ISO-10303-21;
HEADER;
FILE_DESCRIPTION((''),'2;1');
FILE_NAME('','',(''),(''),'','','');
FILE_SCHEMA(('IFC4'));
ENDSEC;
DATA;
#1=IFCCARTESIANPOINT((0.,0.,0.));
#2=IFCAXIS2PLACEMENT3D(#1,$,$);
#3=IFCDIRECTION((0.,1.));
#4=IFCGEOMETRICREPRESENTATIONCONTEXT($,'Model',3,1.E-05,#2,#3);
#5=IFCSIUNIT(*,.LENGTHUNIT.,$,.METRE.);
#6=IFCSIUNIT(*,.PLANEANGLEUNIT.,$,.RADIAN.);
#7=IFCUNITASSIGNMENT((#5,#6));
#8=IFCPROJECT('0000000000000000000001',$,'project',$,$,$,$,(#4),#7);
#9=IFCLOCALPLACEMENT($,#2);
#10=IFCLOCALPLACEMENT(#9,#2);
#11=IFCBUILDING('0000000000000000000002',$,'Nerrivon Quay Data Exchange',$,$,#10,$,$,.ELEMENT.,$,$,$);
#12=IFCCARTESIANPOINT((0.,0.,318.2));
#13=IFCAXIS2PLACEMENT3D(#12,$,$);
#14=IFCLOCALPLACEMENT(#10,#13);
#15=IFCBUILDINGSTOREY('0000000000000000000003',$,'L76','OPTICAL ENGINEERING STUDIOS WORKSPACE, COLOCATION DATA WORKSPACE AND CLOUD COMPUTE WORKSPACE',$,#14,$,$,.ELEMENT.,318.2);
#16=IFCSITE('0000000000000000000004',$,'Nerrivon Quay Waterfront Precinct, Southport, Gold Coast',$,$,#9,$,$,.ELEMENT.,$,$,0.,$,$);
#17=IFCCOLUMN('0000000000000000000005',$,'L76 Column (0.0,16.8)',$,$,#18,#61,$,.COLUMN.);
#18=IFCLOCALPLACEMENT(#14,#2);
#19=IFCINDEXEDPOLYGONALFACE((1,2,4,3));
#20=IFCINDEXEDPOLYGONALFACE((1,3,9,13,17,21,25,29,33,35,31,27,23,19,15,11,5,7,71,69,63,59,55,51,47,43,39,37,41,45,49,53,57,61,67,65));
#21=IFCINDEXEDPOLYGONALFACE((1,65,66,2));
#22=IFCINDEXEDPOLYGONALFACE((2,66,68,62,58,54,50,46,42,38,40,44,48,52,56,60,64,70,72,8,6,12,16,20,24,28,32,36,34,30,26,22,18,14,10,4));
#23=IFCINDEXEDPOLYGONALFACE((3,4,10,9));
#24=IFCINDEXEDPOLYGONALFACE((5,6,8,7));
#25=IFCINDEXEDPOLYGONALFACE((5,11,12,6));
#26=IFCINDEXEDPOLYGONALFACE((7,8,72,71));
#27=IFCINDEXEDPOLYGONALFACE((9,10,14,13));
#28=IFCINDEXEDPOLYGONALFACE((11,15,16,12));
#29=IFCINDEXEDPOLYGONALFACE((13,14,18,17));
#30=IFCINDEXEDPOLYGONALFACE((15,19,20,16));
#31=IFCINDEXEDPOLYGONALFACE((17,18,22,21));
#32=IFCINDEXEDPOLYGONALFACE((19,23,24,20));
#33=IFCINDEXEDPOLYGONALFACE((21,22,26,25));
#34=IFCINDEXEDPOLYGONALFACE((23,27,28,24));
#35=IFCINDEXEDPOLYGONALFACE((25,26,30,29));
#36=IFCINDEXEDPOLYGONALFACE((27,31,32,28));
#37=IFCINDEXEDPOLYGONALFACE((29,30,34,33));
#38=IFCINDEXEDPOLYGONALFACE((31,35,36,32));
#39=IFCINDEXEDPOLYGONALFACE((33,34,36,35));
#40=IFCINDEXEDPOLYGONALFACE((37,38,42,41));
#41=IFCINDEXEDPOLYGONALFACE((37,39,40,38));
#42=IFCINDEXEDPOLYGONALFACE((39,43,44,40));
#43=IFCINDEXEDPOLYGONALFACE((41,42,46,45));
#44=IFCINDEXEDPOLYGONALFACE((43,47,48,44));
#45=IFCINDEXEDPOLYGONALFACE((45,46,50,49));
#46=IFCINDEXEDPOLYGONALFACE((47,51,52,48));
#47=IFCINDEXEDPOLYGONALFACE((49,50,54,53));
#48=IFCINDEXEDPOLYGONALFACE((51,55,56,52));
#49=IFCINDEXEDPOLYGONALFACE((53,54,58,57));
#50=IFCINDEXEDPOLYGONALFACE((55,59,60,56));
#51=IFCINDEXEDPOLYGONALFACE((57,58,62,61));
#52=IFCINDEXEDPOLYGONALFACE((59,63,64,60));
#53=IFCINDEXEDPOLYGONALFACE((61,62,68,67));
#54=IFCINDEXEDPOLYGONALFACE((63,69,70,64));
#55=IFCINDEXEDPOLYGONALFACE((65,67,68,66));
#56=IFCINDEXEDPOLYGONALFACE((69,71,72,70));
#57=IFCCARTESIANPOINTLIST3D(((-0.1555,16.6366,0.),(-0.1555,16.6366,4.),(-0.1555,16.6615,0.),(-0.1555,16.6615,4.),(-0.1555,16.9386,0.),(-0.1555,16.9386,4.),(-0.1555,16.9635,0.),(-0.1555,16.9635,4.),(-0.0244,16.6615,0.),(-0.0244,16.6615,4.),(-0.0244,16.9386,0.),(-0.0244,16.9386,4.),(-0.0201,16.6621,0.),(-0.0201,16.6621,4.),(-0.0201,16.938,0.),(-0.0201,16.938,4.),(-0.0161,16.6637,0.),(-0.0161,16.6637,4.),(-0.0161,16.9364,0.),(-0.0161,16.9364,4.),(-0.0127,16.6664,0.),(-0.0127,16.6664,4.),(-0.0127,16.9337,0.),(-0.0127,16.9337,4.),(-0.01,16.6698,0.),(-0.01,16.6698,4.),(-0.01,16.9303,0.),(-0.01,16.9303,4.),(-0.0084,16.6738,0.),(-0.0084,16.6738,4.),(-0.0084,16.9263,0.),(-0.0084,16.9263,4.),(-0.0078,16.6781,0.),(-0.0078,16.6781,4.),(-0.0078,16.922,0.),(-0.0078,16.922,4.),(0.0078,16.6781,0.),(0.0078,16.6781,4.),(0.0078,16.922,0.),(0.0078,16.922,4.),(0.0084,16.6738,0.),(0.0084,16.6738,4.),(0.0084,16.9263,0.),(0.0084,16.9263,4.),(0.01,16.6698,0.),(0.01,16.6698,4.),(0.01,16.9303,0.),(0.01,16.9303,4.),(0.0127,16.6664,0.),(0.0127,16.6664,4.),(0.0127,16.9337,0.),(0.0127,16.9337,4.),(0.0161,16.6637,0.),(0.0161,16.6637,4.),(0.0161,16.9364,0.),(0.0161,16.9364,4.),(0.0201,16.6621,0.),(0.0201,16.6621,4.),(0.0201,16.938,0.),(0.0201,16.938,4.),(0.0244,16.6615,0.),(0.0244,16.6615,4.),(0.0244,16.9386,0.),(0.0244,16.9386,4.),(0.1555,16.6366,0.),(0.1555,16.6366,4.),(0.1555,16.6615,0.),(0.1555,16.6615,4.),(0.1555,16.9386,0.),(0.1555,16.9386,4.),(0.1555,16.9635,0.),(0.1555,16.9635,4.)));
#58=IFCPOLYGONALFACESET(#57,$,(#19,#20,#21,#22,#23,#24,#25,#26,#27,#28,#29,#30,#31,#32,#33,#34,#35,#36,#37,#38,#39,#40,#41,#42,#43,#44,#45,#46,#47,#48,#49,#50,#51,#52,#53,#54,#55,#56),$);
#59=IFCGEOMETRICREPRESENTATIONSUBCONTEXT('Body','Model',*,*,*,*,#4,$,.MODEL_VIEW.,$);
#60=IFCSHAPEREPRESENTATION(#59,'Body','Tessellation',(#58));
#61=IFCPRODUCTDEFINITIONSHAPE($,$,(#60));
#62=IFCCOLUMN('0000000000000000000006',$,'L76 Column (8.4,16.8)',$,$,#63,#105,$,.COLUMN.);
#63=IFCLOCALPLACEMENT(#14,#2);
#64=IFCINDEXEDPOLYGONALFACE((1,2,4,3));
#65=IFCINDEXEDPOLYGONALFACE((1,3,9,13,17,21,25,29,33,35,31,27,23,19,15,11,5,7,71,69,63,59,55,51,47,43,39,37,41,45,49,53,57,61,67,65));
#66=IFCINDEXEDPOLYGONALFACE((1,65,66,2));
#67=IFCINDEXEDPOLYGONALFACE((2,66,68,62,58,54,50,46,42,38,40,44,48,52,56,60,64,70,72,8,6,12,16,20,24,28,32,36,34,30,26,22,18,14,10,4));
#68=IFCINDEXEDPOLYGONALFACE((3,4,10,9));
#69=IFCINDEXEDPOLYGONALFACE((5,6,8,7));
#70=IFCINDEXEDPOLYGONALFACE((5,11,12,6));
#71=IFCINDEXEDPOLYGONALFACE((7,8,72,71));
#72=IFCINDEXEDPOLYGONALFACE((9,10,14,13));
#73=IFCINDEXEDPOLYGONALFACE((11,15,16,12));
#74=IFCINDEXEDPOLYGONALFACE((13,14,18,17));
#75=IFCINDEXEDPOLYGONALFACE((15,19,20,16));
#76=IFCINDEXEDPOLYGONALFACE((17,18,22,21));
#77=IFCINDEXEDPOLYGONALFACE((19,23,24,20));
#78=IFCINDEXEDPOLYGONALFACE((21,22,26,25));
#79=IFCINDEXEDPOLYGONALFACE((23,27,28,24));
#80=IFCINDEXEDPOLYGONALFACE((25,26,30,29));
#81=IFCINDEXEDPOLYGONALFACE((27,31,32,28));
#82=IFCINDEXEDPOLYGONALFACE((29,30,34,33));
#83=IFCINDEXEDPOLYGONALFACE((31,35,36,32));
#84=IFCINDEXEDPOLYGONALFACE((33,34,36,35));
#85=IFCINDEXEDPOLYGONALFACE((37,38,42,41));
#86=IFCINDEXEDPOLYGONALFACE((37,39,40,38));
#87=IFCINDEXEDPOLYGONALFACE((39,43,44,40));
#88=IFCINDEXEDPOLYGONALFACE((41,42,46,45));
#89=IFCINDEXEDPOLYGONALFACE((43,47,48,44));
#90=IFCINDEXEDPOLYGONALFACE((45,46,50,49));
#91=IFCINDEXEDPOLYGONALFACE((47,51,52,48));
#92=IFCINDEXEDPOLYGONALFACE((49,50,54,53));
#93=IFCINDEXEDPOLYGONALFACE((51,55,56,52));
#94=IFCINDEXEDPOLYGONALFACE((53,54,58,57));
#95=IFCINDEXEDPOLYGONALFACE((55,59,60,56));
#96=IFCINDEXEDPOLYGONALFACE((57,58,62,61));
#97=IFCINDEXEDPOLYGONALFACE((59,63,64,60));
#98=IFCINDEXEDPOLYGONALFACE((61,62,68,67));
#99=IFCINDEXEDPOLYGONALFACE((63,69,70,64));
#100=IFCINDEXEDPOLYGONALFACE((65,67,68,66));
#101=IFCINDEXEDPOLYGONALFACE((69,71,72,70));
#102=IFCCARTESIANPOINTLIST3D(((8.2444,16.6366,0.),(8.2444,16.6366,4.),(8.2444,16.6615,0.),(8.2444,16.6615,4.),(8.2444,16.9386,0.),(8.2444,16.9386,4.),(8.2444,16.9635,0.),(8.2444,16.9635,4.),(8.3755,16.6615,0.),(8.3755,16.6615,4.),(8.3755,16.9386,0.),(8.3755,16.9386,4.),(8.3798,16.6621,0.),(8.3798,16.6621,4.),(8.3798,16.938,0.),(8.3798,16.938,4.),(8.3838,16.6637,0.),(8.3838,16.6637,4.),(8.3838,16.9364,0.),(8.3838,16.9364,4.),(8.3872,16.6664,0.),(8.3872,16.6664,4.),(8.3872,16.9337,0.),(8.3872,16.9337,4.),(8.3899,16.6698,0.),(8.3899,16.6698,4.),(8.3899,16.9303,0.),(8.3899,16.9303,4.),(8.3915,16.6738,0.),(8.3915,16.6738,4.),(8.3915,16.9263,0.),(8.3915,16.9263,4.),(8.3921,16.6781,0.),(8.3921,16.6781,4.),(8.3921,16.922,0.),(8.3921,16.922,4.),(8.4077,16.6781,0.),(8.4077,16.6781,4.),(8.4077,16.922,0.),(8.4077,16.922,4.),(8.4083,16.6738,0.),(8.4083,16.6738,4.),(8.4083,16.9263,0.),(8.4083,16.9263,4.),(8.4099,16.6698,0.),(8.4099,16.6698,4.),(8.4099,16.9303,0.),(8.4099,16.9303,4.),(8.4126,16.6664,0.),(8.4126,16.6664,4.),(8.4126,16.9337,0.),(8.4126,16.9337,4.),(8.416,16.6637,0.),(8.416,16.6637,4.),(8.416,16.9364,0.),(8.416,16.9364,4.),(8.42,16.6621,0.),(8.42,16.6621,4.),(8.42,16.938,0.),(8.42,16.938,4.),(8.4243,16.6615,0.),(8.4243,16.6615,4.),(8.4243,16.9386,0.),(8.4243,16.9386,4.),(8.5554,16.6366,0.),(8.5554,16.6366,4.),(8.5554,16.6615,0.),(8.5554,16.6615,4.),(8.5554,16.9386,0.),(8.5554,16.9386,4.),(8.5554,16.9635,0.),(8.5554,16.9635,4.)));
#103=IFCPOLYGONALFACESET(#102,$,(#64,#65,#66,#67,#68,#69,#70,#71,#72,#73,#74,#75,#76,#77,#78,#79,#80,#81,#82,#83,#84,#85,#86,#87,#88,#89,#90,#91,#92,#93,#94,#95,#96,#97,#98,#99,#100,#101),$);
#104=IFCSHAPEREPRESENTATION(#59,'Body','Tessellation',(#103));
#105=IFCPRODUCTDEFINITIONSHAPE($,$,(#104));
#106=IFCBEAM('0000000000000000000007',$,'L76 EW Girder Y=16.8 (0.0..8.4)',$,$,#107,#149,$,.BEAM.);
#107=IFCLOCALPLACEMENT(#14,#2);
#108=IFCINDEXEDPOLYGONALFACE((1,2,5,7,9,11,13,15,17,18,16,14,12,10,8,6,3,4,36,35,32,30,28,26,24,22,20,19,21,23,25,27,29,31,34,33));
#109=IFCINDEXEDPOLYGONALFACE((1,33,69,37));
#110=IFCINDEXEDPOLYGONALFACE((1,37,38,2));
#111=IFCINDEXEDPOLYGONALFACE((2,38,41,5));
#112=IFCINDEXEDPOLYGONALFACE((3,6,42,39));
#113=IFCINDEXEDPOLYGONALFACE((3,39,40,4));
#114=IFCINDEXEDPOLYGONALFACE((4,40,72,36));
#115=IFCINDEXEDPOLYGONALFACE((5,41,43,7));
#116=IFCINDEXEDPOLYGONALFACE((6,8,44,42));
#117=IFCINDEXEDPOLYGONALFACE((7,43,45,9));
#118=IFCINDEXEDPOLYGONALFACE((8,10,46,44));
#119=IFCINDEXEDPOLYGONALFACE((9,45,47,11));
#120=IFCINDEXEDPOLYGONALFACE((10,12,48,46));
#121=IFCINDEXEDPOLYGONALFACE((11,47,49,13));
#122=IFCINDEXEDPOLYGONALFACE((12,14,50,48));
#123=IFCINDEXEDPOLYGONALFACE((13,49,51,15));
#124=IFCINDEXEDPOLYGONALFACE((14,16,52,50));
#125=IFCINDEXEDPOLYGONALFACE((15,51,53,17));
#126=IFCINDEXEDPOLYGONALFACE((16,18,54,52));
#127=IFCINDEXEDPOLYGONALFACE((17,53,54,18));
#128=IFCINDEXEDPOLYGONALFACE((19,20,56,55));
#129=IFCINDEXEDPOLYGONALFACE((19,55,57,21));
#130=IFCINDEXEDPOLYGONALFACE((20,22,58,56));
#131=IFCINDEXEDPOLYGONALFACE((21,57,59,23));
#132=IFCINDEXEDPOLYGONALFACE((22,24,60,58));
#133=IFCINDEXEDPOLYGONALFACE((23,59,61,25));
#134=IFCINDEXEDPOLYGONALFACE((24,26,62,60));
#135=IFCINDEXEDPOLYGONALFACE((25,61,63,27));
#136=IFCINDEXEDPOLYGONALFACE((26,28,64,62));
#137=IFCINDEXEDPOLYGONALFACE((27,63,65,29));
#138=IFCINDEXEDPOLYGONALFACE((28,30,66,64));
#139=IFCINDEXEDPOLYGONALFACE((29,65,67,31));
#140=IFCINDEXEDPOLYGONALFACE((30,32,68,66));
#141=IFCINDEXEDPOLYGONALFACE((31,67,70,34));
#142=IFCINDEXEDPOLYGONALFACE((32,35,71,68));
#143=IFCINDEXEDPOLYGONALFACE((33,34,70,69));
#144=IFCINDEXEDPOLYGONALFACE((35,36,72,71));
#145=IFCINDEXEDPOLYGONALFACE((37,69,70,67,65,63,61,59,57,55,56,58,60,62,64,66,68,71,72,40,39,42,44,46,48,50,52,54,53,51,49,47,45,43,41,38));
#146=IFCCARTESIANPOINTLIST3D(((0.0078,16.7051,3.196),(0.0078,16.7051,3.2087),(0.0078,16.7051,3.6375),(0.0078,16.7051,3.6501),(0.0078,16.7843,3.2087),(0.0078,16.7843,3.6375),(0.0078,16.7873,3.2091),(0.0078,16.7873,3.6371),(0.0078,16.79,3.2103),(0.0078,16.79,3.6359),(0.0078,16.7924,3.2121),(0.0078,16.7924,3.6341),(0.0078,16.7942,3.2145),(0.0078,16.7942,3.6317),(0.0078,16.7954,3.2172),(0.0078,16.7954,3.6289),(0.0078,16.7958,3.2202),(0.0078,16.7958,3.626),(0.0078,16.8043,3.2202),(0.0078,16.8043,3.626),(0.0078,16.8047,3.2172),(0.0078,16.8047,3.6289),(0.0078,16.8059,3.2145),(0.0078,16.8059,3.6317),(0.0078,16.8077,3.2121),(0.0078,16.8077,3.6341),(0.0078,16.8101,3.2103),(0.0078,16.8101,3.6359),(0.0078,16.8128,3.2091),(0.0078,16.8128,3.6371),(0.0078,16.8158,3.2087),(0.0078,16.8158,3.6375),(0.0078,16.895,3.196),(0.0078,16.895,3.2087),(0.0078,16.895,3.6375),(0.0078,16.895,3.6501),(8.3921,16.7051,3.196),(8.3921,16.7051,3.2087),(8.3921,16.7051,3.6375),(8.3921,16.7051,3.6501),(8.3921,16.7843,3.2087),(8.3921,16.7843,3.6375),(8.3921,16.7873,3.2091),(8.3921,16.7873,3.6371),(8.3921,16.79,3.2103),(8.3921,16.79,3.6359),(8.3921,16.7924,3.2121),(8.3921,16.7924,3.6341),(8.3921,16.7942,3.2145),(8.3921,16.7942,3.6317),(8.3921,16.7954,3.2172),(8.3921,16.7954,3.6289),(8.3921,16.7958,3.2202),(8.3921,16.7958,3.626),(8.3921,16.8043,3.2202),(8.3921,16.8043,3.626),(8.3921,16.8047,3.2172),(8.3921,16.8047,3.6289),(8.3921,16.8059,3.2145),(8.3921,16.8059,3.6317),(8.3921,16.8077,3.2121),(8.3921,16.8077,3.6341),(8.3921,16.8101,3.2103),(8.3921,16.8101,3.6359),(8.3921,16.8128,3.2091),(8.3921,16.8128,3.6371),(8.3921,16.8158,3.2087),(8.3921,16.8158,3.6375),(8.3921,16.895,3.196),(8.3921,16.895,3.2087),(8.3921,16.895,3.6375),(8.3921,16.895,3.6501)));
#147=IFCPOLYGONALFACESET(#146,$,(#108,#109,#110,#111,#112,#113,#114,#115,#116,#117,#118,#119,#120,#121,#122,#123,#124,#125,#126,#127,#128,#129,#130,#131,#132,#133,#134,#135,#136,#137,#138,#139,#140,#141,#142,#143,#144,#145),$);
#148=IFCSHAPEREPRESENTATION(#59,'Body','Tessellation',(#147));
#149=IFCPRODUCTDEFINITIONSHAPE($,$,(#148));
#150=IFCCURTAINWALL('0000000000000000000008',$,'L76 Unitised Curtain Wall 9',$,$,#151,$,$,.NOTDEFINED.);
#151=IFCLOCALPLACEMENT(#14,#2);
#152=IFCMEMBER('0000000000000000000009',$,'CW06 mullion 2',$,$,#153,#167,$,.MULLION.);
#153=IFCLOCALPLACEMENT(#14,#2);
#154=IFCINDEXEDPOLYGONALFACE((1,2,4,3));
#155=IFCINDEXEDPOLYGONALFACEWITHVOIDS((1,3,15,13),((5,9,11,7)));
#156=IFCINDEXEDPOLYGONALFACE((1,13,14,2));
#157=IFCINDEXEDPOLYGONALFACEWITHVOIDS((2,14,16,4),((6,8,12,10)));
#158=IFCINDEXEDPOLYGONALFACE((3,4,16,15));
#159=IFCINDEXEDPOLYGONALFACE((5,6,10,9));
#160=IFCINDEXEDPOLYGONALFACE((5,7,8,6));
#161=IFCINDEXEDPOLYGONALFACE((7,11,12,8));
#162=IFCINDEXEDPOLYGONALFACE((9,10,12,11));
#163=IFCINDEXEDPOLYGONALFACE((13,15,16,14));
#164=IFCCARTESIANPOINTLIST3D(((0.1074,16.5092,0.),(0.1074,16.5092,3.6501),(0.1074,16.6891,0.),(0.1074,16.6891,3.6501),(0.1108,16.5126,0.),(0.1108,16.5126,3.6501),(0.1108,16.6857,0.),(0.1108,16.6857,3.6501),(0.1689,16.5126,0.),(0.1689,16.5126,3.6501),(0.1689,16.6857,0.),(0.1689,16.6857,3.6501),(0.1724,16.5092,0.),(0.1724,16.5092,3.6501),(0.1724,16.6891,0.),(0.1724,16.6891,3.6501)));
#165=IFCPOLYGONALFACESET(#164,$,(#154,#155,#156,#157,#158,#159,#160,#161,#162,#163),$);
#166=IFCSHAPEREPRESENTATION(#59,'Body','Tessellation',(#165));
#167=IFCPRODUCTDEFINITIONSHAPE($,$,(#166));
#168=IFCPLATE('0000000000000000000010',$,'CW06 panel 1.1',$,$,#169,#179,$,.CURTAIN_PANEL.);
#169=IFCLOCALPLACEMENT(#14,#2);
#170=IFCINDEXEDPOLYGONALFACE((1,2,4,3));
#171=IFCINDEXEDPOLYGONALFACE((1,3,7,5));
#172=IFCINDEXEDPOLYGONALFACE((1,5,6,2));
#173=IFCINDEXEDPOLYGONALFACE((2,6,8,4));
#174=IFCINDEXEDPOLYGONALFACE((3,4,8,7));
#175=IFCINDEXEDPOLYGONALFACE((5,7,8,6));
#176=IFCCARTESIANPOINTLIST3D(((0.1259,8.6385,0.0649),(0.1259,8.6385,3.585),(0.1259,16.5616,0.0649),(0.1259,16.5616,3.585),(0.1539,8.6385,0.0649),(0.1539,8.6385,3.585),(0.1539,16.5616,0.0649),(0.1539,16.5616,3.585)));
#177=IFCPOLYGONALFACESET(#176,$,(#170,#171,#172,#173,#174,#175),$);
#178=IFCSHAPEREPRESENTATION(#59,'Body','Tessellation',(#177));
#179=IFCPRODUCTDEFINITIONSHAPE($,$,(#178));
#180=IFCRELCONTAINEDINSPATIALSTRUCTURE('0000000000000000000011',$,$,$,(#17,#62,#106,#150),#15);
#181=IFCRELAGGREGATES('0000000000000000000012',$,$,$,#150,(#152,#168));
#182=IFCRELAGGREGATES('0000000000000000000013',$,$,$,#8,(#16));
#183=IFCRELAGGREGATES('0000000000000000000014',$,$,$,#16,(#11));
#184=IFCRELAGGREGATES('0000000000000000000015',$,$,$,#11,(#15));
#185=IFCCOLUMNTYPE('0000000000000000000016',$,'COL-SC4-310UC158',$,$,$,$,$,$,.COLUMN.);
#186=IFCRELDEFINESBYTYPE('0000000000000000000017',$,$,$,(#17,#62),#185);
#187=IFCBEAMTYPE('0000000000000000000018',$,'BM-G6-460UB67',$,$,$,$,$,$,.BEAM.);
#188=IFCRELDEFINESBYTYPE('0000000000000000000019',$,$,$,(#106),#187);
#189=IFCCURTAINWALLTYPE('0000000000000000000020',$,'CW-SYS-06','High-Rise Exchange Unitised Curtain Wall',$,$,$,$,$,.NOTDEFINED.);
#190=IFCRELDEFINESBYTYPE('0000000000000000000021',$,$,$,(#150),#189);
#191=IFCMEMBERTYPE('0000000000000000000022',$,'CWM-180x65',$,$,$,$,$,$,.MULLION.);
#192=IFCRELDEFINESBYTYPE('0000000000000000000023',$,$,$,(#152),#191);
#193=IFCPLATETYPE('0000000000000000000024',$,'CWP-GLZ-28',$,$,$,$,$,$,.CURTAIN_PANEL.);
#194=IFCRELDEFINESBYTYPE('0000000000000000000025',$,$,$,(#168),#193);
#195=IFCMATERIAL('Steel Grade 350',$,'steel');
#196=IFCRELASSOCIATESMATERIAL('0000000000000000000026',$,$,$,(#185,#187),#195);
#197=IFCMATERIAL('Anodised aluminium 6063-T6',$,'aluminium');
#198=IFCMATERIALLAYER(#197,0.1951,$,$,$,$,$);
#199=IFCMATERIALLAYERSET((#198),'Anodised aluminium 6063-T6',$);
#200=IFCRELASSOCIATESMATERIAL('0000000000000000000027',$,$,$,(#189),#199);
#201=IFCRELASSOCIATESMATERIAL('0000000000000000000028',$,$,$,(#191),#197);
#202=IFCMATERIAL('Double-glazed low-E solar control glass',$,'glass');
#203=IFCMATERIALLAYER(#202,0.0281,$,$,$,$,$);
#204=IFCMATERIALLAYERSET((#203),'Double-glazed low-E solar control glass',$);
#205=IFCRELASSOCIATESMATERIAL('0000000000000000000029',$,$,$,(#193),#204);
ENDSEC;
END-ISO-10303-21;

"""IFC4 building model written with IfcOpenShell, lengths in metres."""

from ifc_helpers import new_model, si_unit, direction, frame, origin, origin_2d, place, context, subcontext, project, spatial, rectangle, hollow_rectangle, i_section, extrude, material, layer, layer_set, material_profile, profile_set, type_object, element, aggregate, save


model = new_model("IFC4")

# Units and contexts
model_context = context("Model", 3, precision=1e-05, world=origin(), true_north=direction((0.0, 1.0)))
body_context = subcontext(model_context, "Body", "Model", "MODEL_VIEW")
ifc_project = project(units=[si_unit("LENGTHUNIT", "METRE"), si_unit("PLANEANGLEUNIT", "RADIAN")], contexts=[model_context])

# Site, building, storey
site_placement = place(None, origin())
site = spatial("IfcSite", under=ifc_project, at=site_placement, Name="Nerrivon Quay Waterfront Precinct, Southport, Gold Coast", CompositionType="ELEMENT", RefElevation=0.0)
building_placement = place(site_placement, origin())
building = spatial("IfcBuilding", under=site, at=building_placement, Name="Nerrivon Quay Data Exchange", CompositionType="ELEMENT")
storey_placement = place(building_placement, frame((0.0, 0.0, 318.2)))
storey = spatial("IfcBuildingStorey", under=building, at=storey_placement, Name="L76", Description="OPTICAL ENGINEERING STUDIOS WORKSPACE, COLOCATION DATA WORKSPACE AND CLOUD COMPUTE WORKSPACE", CompositionType="ELEMENT", Elevation=318.2)

# Columns
ifc_material_1 = material(Name="Steel Grade 350", Category="steel")
ifc_material_profile_1 = material_profile(ifc_material_1, i_section(OverallWidth=0.311, OverallDepth=0.3269, WebThickness=0.0156, FlangeThickness=0.0249, FilletRadius=0.0166, at=origin_2d()), Name="310UC158")
ifc_profile_set_1 = profile_set([ifc_material_profile_1], Name="Steel Grade 350")
column_type = type_object("IfcColumnType", Name="COL-SC4-310UC158", PredefinedType="COLUMN", material=ifc_profile_set_1)
for number, where, z_axis, x_axis, name in (
    (1, (0.0, 16.8, 0.0), (0.0, 0.0, 1.0), (1.0, 0.0, 0.0), "L76 Column (0.0,16.8)"),
    (2, (8.3999, 16.8, 0.0), (0.0, 0.0, 1.0), (1.0, 0.0, 0.0), "L76 Column (8.4,16.8)"),
):
    element("IfcColumn", number, at=place(storey_placement, frame(where, z_axis=z_axis, x_axis=x_axis)), inside=storey, type_object=column_type, Name=name, PredefinedType="COLUMN", context=body_context, shape_type="SweptSolid", body=[
        extrude(i_section(OverallWidth=0.311, OverallDepth=0.3269, WebThickness=0.0156, FlangeThickness=0.0249, FilletRadius=0.0166, at=origin_2d()), origin(), (0.0, 0.0, 1.0), 4.0),
    ])

# Beam
ifc_material_profile_2 = material_profile(ifc_material_1, i_section(OverallWidth=0.1899, OverallDepth=0.4541, WebThickness=0.0085, FlangeThickness=0.0127, FilletRadius=0.0115, at=origin_2d()), Name="460UB67.1")
ifc_profile_set_2 = profile_set([ifc_material_profile_2], Name="Steel Grade 350")
beam_type = type_object("IfcBeamType", Name="BM-G6-460UB67", PredefinedType="BEAM", material=ifc_profile_set_2)
beam_placement = place(storey_placement, frame((0.0078, 16.8, 3.4231), z_axis=(1.0, 0.0, 0.0), x_axis=(0.0, 1.0, 0.0)))
element("IfcBeam", 3, at=beam_placement, inside=storey, type_object=beam_type, Name="L76 EW Girder Y=16.8 (0.0..8.4)", PredefinedType="BEAM", context=body_context, shape_type="SweptSolid", body=[
    extrude(i_section(OverallWidth=0.1899, OverallDepth=0.4541, WebThickness=0.0085, FlangeThickness=0.0127, FilletRadius=0.0115, at=origin_2d()), origin(), (0.0, 0.0, 1.0), 8.3843),
])

# Curtain wall, member, plate
ifc_material_2 = material(Name="Anodised aluminium 6063-T6", Category="aluminium")
ifc_layer_1 = layer(ifc_material_2, 0.1951)
ifc_layer_set_1 = layer_set([ifc_layer_1], Name="Anodised aluminium 6063-T6")
curtain_wall_type = type_object("IfcCurtainWallType", Name="CW-SYS-06", Description="High-Rise Exchange Unitised Curtain Wall", PredefinedType="NOTDEFINED", material=ifc_layer_set_1)
curtain_wall_placement = place(storey_placement, origin())
curtain_wall = element("IfcCurtainWall", 4, at=curtain_wall_placement, inside=storey, type_object=curtain_wall_type, Name="L76 Unitised Curtain Wall 9", PredefinedType="NOTDEFINED")
ifc_material_profile_3 = material_profile(ifc_material_2, hollow_rectangle(XDim=0.0649, YDim=0.1799, WallThickness=0.0034, at=origin_2d()), Name="ALU-MULL-180x65")
ifc_profile_set_3 = profile_set([ifc_material_profile_3], Name="Anodised aluminium 6063-T6")
member_type = type_object("IfcMemberType", Name="CWM-180x65", PredefinedType="MULLION", material=ifc_profile_set_3)
member_placement = place(storey_placement, frame((0.1399, 16.5991, 0.0), z_axis=(0.0, 0.0, 1.0), x_axis=(-1.0, 0.0, 0.0)))
member = element("IfcMember", 5, at=member_placement, type_object=member_type, Name="CW06 mullion 2", PredefinedType="MULLION", context=body_context, shape_type="SweptSolid", body=[
    extrude(hollow_rectangle(XDim=0.0649, YDim=0.1799, WallThickness=0.0034, at=origin_2d()), origin(), (0.0, 0.0, 1.0), 3.6501),
])
ifc_material_3 = material(Name="Double-glazed low-E solar control glass", Category="glass")
ifc_layer_2 = layer(ifc_material_3, 0.0281)
ifc_layer_set_2 = layer_set([ifc_layer_2], Name="Double-glazed low-E solar control glass")
plate_type = type_object("IfcPlateType", Name="CWP-GLZ-28", PredefinedType="CURTAIN_PANEL", material=ifc_layer_set_2)
plate_placement = place(storey_placement, frame((0.1399, 12.6001, 0.0649), z_axis=(0.0, 0.0, 1.0), x_axis=(0.0, 1.0, 0.0)))
plate = element("IfcPlate", 6, at=plate_placement, type_object=plate_type, Name="CW06 panel 1.1", PredefinedType="CURTAIN_PANEL", context=body_context, shape_type="SweptSolid", body=[
    extrude(rectangle(XDim=7.9231, YDim=0.0281, at=origin_2d()), origin(), (0.0, 0.0, 1.0), 3.52),
])
aggregate(curtain_wall, [member, plate])

save(model, "model.ifc")
